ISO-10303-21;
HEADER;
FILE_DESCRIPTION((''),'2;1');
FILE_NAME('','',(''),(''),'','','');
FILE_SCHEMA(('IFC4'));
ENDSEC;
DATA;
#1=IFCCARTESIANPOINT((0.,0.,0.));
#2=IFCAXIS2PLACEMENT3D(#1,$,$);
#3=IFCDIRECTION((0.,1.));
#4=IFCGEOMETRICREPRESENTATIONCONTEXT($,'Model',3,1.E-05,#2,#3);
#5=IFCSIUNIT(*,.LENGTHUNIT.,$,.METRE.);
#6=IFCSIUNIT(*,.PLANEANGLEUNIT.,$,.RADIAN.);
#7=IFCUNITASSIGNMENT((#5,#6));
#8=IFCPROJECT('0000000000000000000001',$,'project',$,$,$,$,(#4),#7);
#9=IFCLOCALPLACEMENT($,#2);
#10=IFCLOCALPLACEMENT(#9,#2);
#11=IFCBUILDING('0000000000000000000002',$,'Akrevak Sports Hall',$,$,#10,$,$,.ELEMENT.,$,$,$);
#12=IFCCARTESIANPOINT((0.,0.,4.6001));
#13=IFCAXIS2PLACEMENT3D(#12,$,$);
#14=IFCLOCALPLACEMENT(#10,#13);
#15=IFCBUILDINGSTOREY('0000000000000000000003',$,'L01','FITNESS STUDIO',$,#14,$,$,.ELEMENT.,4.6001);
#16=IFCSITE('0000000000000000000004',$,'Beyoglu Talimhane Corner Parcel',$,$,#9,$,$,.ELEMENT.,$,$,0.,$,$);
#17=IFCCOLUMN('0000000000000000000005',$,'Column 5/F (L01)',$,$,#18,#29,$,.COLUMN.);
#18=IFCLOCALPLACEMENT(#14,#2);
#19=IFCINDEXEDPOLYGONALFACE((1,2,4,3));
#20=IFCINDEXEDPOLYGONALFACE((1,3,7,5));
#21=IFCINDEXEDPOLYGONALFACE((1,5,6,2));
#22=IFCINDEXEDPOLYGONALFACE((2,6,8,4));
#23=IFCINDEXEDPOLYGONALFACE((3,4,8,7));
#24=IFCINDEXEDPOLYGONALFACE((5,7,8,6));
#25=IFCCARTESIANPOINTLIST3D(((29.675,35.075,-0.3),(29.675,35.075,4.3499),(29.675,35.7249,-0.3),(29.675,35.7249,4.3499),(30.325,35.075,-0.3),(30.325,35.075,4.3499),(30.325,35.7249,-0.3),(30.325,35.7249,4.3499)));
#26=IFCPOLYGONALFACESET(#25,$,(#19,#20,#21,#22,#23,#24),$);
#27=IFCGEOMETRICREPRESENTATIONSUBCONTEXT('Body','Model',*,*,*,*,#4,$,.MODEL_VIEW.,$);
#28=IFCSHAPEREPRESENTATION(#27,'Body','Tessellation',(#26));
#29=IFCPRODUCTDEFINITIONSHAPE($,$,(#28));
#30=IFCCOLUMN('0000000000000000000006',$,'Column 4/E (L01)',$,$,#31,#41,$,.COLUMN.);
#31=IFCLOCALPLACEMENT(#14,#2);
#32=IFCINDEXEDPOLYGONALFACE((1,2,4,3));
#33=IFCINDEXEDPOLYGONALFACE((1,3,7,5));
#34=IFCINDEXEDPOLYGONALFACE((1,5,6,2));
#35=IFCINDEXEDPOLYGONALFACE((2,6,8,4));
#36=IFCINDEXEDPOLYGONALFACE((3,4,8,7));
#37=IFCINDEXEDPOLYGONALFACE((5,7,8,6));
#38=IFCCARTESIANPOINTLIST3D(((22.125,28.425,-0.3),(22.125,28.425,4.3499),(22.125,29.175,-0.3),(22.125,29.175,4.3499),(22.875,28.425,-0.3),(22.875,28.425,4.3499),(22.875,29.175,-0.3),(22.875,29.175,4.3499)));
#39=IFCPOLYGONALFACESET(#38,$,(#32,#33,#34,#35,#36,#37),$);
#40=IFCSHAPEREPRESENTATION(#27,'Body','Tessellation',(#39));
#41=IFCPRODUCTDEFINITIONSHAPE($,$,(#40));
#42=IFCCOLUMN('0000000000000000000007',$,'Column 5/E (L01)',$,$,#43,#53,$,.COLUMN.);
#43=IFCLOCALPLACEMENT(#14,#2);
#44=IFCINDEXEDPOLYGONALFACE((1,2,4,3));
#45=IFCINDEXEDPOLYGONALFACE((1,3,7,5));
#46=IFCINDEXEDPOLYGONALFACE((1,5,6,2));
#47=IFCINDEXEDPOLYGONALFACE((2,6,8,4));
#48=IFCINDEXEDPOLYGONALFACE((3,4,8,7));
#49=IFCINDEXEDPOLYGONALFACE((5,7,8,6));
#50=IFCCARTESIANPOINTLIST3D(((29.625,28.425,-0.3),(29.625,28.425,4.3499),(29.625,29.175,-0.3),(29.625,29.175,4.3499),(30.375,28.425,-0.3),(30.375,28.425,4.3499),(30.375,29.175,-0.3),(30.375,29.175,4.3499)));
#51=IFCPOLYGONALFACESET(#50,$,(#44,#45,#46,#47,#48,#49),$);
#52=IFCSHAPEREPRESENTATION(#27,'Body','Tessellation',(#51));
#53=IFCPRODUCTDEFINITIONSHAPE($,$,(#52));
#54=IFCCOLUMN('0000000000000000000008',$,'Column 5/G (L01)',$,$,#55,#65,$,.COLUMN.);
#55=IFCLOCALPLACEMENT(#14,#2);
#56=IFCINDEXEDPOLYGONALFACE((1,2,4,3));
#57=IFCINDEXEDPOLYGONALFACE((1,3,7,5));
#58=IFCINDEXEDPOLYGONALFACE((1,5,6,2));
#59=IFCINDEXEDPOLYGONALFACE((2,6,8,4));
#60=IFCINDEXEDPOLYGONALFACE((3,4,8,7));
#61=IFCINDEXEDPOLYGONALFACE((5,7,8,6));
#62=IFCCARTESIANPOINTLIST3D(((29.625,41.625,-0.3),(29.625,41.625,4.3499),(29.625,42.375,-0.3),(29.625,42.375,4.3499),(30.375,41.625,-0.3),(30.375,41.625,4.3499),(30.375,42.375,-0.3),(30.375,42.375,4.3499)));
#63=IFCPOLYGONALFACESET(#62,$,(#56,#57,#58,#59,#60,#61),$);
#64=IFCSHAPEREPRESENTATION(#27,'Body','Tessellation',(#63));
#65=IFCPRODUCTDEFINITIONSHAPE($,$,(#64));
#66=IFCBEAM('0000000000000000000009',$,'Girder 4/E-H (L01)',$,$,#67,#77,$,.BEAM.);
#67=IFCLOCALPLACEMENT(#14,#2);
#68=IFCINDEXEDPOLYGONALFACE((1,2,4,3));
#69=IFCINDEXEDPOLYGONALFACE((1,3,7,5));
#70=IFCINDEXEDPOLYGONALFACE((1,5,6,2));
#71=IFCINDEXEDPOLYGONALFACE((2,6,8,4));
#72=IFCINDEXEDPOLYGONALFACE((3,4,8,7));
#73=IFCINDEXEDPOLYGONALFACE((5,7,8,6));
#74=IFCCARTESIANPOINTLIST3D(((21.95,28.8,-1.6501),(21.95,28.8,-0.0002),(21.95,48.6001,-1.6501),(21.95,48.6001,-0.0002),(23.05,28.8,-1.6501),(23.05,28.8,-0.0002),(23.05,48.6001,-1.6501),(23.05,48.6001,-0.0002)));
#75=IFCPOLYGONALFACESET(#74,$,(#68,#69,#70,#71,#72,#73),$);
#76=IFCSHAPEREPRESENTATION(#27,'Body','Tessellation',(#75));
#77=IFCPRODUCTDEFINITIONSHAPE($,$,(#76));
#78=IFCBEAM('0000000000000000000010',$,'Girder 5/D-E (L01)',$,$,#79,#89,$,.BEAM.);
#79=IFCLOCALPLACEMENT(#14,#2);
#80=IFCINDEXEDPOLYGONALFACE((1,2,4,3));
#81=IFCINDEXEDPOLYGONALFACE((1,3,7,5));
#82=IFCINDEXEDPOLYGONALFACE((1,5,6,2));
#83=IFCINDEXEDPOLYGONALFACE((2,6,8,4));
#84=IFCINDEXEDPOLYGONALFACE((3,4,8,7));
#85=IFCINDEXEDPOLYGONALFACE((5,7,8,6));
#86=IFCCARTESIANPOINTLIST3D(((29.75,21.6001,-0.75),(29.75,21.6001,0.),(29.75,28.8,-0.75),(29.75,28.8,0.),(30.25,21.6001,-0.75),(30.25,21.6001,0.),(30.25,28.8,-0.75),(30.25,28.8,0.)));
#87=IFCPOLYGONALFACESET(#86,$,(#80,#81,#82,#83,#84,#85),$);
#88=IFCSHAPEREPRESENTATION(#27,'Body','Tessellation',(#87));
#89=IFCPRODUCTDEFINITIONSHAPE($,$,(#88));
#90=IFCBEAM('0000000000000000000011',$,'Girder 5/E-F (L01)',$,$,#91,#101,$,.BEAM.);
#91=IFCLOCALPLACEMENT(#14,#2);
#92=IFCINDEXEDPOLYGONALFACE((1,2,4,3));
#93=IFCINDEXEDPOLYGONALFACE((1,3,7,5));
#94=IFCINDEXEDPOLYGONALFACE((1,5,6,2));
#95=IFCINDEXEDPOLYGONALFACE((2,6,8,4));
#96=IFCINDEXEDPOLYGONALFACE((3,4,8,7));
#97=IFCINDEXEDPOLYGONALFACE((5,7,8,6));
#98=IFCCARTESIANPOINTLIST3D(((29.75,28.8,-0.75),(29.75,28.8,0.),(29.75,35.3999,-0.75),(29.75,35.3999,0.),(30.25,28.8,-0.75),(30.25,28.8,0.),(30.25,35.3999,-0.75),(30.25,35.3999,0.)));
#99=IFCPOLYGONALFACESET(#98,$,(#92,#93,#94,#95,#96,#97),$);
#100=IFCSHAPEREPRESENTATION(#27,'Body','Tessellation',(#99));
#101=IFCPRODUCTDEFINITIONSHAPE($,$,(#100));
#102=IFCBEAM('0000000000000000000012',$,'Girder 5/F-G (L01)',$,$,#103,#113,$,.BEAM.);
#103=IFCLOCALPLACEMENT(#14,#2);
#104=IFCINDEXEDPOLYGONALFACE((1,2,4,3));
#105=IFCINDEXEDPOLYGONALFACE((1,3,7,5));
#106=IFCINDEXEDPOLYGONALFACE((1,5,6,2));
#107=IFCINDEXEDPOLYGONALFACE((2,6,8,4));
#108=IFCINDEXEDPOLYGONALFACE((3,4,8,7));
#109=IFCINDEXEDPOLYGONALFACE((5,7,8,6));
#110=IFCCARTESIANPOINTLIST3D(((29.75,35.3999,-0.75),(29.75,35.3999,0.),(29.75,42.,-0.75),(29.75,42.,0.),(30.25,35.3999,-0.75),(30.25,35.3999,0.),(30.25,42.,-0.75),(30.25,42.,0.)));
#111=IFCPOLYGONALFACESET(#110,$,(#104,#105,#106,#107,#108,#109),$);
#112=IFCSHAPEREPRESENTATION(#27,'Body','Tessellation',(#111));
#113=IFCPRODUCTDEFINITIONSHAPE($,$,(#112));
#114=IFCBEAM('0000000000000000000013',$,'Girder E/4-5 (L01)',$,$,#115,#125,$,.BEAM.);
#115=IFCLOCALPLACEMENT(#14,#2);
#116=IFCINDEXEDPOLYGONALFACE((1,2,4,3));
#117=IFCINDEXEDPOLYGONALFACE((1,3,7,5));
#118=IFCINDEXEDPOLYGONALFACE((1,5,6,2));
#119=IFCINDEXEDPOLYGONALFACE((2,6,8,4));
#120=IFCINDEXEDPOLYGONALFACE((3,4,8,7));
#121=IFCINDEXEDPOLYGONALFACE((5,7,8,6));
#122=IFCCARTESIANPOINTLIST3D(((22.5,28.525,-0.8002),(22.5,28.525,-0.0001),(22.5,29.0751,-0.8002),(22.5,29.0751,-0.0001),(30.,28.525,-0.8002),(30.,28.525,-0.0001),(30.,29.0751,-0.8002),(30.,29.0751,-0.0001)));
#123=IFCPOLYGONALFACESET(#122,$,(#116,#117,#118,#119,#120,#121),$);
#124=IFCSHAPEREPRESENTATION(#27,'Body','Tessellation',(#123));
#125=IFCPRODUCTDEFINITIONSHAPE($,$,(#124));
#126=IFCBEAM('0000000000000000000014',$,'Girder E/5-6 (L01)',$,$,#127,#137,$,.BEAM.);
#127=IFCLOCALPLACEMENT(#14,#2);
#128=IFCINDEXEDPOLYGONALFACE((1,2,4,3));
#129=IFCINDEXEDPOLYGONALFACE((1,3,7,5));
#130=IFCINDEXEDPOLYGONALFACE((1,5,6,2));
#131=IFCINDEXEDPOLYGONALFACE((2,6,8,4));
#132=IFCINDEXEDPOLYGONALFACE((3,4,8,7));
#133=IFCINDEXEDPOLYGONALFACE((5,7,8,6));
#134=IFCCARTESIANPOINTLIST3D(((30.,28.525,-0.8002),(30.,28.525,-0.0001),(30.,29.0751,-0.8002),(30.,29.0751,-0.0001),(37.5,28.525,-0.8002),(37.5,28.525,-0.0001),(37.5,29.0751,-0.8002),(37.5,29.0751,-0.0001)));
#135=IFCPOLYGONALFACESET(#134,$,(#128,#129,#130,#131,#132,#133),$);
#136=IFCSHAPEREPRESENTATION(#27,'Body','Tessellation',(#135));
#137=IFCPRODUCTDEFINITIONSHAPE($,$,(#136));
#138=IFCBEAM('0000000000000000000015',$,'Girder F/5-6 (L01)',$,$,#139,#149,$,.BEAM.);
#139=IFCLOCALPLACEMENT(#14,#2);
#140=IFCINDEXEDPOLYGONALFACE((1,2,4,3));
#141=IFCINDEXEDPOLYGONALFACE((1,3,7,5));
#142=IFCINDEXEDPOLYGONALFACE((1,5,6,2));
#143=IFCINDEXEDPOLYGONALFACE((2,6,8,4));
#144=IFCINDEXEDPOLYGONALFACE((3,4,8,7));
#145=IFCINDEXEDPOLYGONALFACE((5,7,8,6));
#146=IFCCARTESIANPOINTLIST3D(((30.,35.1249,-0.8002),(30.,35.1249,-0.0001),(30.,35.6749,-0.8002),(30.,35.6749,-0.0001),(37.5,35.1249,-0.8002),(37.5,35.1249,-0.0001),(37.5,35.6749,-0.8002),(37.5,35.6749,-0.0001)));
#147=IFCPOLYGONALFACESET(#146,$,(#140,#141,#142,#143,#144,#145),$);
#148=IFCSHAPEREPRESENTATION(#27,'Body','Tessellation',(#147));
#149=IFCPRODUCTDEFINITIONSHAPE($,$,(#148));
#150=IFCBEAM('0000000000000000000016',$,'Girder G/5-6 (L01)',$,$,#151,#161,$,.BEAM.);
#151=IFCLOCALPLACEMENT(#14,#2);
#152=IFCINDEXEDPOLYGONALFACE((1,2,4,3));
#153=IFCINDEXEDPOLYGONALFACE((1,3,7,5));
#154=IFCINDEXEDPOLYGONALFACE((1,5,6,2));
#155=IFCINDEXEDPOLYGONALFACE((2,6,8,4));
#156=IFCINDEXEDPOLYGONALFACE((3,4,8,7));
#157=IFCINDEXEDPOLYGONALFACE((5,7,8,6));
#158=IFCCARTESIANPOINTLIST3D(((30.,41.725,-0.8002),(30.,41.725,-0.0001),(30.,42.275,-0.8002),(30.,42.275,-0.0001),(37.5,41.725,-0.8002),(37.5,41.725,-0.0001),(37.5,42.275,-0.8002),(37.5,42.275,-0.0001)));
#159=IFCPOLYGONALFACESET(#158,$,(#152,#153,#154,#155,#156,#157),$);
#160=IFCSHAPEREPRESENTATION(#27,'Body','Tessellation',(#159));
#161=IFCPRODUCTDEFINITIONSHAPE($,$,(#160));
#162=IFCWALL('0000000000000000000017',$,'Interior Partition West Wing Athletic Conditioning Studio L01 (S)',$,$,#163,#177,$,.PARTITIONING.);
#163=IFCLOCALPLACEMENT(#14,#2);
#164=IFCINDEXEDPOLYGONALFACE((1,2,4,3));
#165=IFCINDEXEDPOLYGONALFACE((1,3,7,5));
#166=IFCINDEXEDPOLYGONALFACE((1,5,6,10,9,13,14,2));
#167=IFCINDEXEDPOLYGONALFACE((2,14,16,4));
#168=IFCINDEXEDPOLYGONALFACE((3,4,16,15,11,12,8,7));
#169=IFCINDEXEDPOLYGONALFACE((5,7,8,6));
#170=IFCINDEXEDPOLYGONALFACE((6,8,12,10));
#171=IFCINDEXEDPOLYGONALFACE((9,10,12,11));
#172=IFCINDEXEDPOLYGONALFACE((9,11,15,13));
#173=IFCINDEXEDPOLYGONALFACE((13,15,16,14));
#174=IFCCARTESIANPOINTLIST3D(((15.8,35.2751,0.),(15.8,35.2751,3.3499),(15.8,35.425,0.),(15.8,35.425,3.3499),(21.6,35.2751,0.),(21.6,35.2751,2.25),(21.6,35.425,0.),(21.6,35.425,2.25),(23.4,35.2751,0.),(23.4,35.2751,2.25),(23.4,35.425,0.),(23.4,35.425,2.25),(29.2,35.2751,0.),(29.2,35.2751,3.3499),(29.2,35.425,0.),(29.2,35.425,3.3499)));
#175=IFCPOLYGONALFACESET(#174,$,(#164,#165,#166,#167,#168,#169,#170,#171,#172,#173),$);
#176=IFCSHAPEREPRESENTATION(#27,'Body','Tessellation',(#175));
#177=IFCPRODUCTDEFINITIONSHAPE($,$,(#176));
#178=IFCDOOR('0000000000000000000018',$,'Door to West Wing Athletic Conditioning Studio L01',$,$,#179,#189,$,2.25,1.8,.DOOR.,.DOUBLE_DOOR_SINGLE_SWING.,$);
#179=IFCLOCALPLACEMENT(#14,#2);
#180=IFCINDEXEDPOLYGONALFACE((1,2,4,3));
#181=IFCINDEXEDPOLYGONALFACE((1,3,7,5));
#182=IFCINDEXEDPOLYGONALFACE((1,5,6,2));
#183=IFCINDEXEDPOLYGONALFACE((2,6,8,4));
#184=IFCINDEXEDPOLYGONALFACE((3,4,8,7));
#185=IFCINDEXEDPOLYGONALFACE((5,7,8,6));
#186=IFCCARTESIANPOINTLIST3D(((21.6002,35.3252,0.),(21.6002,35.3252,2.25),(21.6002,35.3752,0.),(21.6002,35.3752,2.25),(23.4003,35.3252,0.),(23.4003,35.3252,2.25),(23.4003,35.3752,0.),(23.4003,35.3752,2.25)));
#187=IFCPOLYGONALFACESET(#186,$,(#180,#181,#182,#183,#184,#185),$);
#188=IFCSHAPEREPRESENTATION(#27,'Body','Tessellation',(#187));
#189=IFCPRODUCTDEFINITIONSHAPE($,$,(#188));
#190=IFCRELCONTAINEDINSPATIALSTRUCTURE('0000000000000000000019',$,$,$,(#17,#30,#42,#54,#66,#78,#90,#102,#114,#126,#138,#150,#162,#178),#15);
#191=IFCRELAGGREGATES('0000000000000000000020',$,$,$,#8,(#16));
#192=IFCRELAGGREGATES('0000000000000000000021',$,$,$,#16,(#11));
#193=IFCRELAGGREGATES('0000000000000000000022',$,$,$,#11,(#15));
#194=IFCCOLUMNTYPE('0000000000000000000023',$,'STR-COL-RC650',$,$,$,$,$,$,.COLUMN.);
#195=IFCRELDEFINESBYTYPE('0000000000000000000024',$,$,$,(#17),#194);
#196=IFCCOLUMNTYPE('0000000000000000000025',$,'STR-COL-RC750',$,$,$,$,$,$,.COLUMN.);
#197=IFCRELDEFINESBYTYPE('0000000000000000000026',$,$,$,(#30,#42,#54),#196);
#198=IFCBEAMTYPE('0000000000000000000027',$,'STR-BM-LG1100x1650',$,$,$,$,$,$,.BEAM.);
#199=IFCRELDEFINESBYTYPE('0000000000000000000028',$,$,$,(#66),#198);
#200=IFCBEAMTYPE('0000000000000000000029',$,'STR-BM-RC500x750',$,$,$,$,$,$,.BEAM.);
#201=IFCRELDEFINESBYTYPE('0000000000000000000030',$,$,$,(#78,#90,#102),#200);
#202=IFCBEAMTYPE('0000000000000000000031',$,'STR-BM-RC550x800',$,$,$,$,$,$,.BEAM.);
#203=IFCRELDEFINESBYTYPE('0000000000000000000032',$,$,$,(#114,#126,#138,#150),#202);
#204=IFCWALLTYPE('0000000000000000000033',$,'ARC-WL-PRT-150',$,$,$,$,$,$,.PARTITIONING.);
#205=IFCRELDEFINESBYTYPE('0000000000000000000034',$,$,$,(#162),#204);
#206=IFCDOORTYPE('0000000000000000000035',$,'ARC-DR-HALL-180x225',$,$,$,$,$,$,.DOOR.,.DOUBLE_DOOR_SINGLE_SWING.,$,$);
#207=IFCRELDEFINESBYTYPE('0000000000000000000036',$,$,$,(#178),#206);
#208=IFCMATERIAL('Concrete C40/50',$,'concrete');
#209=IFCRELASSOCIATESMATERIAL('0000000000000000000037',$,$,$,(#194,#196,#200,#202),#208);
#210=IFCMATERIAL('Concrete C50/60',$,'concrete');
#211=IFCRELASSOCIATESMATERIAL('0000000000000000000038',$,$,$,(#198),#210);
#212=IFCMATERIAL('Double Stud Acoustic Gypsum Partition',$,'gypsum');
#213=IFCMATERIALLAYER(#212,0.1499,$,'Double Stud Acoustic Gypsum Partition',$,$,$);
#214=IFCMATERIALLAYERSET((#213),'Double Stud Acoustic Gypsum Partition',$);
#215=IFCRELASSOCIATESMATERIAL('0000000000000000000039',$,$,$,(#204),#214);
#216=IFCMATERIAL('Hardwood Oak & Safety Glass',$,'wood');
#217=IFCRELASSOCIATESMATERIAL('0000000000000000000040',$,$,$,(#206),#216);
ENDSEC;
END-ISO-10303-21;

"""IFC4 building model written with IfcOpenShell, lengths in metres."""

from ifc_helpers import new_model, si_unit, direction, frame, frame_2d, origin, origin_2d, place, context, subcontext, project, spatial, rectangle, extrude, material, layer, layer_set, material_profile, profile_set, type_object, element, fill, save


model = new_model("IFC4")

# Units and contexts
model_context = context("Model", 3, precision=1e-05, world=origin(), true_north=direction((0.0, 1.0)))
body_context = subcontext(model_context, "Body", "Model", "MODEL_VIEW")
ifc_project = project(units=[si_unit("LENGTHUNIT", "METRE"), si_unit("PLANEANGLEUNIT", "RADIAN")], contexts=[model_context])

# Site, building, storey
site_placement = place(None, origin())
site = spatial("IfcSite", under=ifc_project, at=site_placement, Name="Beyoglu Talimhane Corner Parcel", CompositionType="ELEMENT", RefElevation=0.0)
building_placement = place(site_placement, origin())
building = spatial("IfcBuilding", under=site, at=building_placement, Name="Akrevak Sports Hall", CompositionType="ELEMENT")
storey_placement = place(building_placement, frame((0.0, 0.0, 4.6001)))
storey = spatial("IfcBuildingStorey", under=building, at=storey_placement, Name="L01", Description="FITNESS STUDIO", CompositionType="ELEMENT", Elevation=4.6001)

# Columns
ifc_material_1 = material(Name="Concrete C40/50", Category="concrete")
ifc_material_profile_1 = material_profile(ifc_material_1, rectangle(XDim=0.6499, YDim=0.6499, at=origin_2d()), Name="RC 650x650", Category="concrete")
ifc_profile_set_1 = profile_set([ifc_material_profile_1], Name="Concrete C40/50")
column_type_1 = type_object("IfcColumnType", Name="STR-COL-RC650", PredefinedType="COLUMN", material=ifc_profile_set_1)
column_placement = place(storey_placement, frame((30.0, 35.3999, -0.3), z_axis=(0.0, 0.0, 1.0), x_axis=(1.0, 0.0, 0.0)))
element("IfcColumn", 1, at=column_placement, inside=storey, type_object=column_type_1, Name="Column 5/F (L01)", PredefinedType="COLUMN", context=body_context, shape_type="SweptSolid", body=[
    extrude(rectangle(XDim=0.6499, YDim=0.6499, at=origin_2d()), origin(), (0.0, 0.0, 1.0), 4.6499),
])
ifc_material_profile_2 = material_profile(ifc_material_1, rectangle(XDim=0.75, YDim=0.75, at=origin_2d()), Name="RC 750x750", Category="concrete")
ifc_profile_set_2 = profile_set([ifc_material_profile_2], Name="Concrete C40/50")
column_type_2 = type_object("IfcColumnType", Name="STR-COL-RC750", PredefinedType="COLUMN", material=ifc_profile_set_2)
for number, where, z_axis, x_axis, name in (
    (2, (22.5, 28.8, -0.3), (0.0, 0.0, 1.0), (1.0, 0.0, 0.0), "Column 4/E (L01)"),
    (3, (30.0, 28.8, -0.3), (0.0, 0.0, 1.0), (1.0, 0.0, 0.0), "Column 5/E (L01)"),
    (4, (30.0, 42.0, -0.3), (0.0, 0.0, 1.0), (1.0, 0.0, 0.0), "Column 5/G (L01)"),
):
    element("IfcColumn", number, at=place(storey_placement, frame(where, z_axis=z_axis, x_axis=x_axis)), inside=storey, type_object=column_type_2, Name=name, PredefinedType="COLUMN", context=body_context, shape_type="SweptSolid", body=[
        extrude(rectangle(XDim=0.75, YDim=0.75, at=origin_2d()), origin(), (0.0, 0.0, 1.0), 4.6499),
    ])

# Beams
ifc_material_2 = material(Name="Concrete C50/60", Category="concrete")
ifc_material_profile_3 = material_profile(ifc_material_2, rectangle(XDim=1.1001, YDim=1.6499, at=origin_2d()), Name="BM 1100x1650", Category="concrete")
ifc_profile_set_3 = profile_set([ifc_material_profile_3], Name="Concrete C50/60")
beam_type_1 = type_object("IfcBeamType", Name="STR-BM-LG1100x1650", PredefinedType="BEAM", material=ifc_profile_set_3)
beam_1_placement = place(storey_placement, frame((22.5, 28.8, -0.8252), z_axis=(0.0, 1.0, 0.0), x_axis=(-1.0, 0.0, 0.0)))
element("IfcBeam", 5, at=beam_1_placement, inside=storey, type_object=beam_type_1, Name="Girder 4/E-H (L01)", PredefinedType="BEAM", context=body_context, shape_type="SweptSolid", body=[
    extrude(rectangle(XDim=1.1001, YDim=1.6499, at=origin_2d()), origin(), (0.0, 0.0, 1.0), 19.8),
])
ifc_material_profile_4 = material_profile(ifc_material_1, rectangle(XDim=0.5, YDim=0.75, at=origin_2d()), Name="BM 500x750", Category="concrete")
ifc_profile_set_4 = profile_set([ifc_material_profile_4], Name="Concrete C40/50")
beam_type_2 = type_object("IfcBeamType", Name="STR-BM-RC500x750", PredefinedType="BEAM", material=ifc_profile_set_4)
beam_2_placement = place(storey_placement, frame((30.0, 21.6001, -0.375), z_axis=(0.0, 1.0, 0.0), x_axis=(-1.0, 0.0, 0.0)))
element("IfcBeam", 6, at=beam_2_placement, inside=storey, type_object=beam_type_2, Name="Girder 5/D-E (L01)", PredefinedType="BEAM", context=body_context, shape_type="SweptSolid", body=[
    extrude(rectangle(XDim=0.5, YDim=0.75, at=origin_2d()), origin(), (0.0, 0.0, 1.0), 7.2),
])
beam_3_placement = place(storey_placement, frame((30.0, 28.8, -0.375), z_axis=(0.0, 1.0, 0.0), x_axis=(-1.0, 0.0, 0.0)))
element("IfcBeam", 7, at=beam_3_placement, inside=storey, type_object=beam_type_2, Name="Girder 5/E-F (L01)", PredefinedType="BEAM", context=body_context, shape_type="SweptSolid", body=[
    extrude(rectangle(XDim=0.5, YDim=0.75, at=origin_2d()), origin(), (0.0, 0.0, 1.0), 6.5999),
])
beam_4_placement = place(storey_placement, frame((30.0, 35.3999, -0.375), z_axis=(0.0, 1.0, 0.0), x_axis=(-1.0, 0.0, 0.0)))
element("IfcBeam", 8, at=beam_4_placement, inside=storey, type_object=beam_type_2, Name="Girder 5/F-G (L01)", PredefinedType="BEAM", context=body_context, shape_type="SweptSolid", body=[
    extrude(rectangle(XDim=0.5, YDim=0.75, at=origin_2d()), origin(), (0.0, 0.0, 1.0), 6.6001),
])
ifc_material_profile_5 = material_profile(ifc_material_1, rectangle(XDim=0.55, YDim=0.8, at=origin_2d()), Name="BM 550x800", Category="concrete")
ifc_profile_set_5 = profile_set([ifc_material_profile_5], Name="Concrete C40/50")
beam_type_3 = type_object("IfcBeamType", Name="STR-BM-RC550x800", PredefinedType="BEAM", material=ifc_profile_set_5)
for number, where, z_axis, x_axis, name in (
    (9, (22.5, 28.8, -0.4001), (1.0, 0.0, 0.0), (0.0, 1.0, 0.0), "Girder E/4-5 (L01)"),
    (10, (30.0, 28.8, -0.4001), (1.0, 0.0, 0.0), (0.0, 1.0, 0.0), "Girder E/5-6 (L01)"),
    (11, (30.0, 35.3999, -0.4001), (1.0, 0.0, 0.0), (0.0, 1.0, 0.0), "Girder F/5-6 (L01)"),
    (12, (30.0, 42.0, -0.4001), (1.0, 0.0, 0.0), (0.0, 1.0, 0.0), "Girder G/5-6 (L01)"),
):
    element("IfcBeam", number, at=place(storey_placement, frame(where, z_axis=z_axis, x_axis=x_axis)), inside=storey, type_object=beam_type_3, Name=name, PredefinedType="BEAM", context=body_context, shape_type="SweptSolid", body=[
        extrude(rectangle(XDim=0.55, YDim=0.8, at=origin_2d()), origin(), (0.0, 0.0, 1.0), 7.5),
    ])

# Wall, opening, door
ifc_material_3 = material(Name="Double Stud Acoustic Gypsum Partition", Category="gypsum")
ifc_layer_1 = layer(ifc_material_3, 0.1499, Name="Double Stud Acoustic Gypsum Partition")
ifc_layer_set_1 = layer_set([ifc_layer_1], Name="Double Stud Acoustic Gypsum Partition")
wall_type_1 = type_object("IfcWallType", Name="ARC-WL-PRT-150", PredefinedType="PARTITIONING", material=ifc_layer_set_1)
wall_1_placement = place(storey_placement, frame((15.8, 35.3501, 0.0), z_axis=(0.0, 0.0, 1.0), x_axis=(1.0, 0.0, 0.0)))
wall_1 = element("IfcWall", 13, at=wall_1_placement, inside=storey, type_object=wall_type_1, Name="Interior Partition West Wing Athletic Conditioning Studio L01 (S)", PredefinedType="PARTITIONING", context=body_context, shape_type="SweptSolid", body=[
    extrude(rectangle(XDim=13.3999, YDim=0.1499, at=frame_2d((6.7, 0.0))), origin(), (0.0, 0.0, 1.0), 3.3499),
])
opening_1_placement = place(wall_1_placement, frame((5.8, 0.0, 0.0)))
opening_1 = element("IfcOpeningElement", 14, at=opening_1_placement, cuts=wall_1, PredefinedType="OPENING", context=body_context, shape_type="SweptSolid", body=[
    extrude(rectangle(XDim=1.8, YDim=2.25, at=frame_2d((0.8999, 1.125))), frame((0.0, 0.0869, 0.0), z_axis=(0.0, -1.0, 0.0), x_axis=(1.0, 0.0, 0.0)), (0.0, 0.0, 1.0), 0.1738),
])
ifc_material_4 = material(Name="Hardwood Oak & Safety Glass", Category="wood")
door_type_1 = type_object("IfcDoorType", Name="ARC-DR-HALL-180x225", OperationType="DOUBLE_DOOR_SINGLE_SWING", PredefinedType="DOOR", material=ifc_material_4)
door_1_placement = place(opening_1_placement, frame((1.8, 0.0, 0.0), z_axis=(0.0, 0.0, 1.0), x_axis=(-1.0, 0.0, 0.0)))
door_1 = element("IfcDoor", 15, at=door_1_placement, inside=storey, type_object=door_type_1, Name="Door to West Wing Athletic Conditioning Studio L01", OperationType="DOUBLE_DOOR_SINGLE_SWING", OverallHeight=2.25, OverallWidth=1.8, PredefinedType="DOOR", context=body_context, shape_type="SweptSolid", body=[
    extrude(rectangle(XDim=1.8, YDim=2.25, at=frame_2d((0.8999, 1.125))), frame((0.0, 0.0249, 0.0), z_axis=(0.0, -1.0, 0.0), x_axis=(1.0, 0.0, 0.0)), (0.0, 0.0, 1.0), 0.05),
])
fill(opening_1, door_1)

save(model, "model.ifc")
